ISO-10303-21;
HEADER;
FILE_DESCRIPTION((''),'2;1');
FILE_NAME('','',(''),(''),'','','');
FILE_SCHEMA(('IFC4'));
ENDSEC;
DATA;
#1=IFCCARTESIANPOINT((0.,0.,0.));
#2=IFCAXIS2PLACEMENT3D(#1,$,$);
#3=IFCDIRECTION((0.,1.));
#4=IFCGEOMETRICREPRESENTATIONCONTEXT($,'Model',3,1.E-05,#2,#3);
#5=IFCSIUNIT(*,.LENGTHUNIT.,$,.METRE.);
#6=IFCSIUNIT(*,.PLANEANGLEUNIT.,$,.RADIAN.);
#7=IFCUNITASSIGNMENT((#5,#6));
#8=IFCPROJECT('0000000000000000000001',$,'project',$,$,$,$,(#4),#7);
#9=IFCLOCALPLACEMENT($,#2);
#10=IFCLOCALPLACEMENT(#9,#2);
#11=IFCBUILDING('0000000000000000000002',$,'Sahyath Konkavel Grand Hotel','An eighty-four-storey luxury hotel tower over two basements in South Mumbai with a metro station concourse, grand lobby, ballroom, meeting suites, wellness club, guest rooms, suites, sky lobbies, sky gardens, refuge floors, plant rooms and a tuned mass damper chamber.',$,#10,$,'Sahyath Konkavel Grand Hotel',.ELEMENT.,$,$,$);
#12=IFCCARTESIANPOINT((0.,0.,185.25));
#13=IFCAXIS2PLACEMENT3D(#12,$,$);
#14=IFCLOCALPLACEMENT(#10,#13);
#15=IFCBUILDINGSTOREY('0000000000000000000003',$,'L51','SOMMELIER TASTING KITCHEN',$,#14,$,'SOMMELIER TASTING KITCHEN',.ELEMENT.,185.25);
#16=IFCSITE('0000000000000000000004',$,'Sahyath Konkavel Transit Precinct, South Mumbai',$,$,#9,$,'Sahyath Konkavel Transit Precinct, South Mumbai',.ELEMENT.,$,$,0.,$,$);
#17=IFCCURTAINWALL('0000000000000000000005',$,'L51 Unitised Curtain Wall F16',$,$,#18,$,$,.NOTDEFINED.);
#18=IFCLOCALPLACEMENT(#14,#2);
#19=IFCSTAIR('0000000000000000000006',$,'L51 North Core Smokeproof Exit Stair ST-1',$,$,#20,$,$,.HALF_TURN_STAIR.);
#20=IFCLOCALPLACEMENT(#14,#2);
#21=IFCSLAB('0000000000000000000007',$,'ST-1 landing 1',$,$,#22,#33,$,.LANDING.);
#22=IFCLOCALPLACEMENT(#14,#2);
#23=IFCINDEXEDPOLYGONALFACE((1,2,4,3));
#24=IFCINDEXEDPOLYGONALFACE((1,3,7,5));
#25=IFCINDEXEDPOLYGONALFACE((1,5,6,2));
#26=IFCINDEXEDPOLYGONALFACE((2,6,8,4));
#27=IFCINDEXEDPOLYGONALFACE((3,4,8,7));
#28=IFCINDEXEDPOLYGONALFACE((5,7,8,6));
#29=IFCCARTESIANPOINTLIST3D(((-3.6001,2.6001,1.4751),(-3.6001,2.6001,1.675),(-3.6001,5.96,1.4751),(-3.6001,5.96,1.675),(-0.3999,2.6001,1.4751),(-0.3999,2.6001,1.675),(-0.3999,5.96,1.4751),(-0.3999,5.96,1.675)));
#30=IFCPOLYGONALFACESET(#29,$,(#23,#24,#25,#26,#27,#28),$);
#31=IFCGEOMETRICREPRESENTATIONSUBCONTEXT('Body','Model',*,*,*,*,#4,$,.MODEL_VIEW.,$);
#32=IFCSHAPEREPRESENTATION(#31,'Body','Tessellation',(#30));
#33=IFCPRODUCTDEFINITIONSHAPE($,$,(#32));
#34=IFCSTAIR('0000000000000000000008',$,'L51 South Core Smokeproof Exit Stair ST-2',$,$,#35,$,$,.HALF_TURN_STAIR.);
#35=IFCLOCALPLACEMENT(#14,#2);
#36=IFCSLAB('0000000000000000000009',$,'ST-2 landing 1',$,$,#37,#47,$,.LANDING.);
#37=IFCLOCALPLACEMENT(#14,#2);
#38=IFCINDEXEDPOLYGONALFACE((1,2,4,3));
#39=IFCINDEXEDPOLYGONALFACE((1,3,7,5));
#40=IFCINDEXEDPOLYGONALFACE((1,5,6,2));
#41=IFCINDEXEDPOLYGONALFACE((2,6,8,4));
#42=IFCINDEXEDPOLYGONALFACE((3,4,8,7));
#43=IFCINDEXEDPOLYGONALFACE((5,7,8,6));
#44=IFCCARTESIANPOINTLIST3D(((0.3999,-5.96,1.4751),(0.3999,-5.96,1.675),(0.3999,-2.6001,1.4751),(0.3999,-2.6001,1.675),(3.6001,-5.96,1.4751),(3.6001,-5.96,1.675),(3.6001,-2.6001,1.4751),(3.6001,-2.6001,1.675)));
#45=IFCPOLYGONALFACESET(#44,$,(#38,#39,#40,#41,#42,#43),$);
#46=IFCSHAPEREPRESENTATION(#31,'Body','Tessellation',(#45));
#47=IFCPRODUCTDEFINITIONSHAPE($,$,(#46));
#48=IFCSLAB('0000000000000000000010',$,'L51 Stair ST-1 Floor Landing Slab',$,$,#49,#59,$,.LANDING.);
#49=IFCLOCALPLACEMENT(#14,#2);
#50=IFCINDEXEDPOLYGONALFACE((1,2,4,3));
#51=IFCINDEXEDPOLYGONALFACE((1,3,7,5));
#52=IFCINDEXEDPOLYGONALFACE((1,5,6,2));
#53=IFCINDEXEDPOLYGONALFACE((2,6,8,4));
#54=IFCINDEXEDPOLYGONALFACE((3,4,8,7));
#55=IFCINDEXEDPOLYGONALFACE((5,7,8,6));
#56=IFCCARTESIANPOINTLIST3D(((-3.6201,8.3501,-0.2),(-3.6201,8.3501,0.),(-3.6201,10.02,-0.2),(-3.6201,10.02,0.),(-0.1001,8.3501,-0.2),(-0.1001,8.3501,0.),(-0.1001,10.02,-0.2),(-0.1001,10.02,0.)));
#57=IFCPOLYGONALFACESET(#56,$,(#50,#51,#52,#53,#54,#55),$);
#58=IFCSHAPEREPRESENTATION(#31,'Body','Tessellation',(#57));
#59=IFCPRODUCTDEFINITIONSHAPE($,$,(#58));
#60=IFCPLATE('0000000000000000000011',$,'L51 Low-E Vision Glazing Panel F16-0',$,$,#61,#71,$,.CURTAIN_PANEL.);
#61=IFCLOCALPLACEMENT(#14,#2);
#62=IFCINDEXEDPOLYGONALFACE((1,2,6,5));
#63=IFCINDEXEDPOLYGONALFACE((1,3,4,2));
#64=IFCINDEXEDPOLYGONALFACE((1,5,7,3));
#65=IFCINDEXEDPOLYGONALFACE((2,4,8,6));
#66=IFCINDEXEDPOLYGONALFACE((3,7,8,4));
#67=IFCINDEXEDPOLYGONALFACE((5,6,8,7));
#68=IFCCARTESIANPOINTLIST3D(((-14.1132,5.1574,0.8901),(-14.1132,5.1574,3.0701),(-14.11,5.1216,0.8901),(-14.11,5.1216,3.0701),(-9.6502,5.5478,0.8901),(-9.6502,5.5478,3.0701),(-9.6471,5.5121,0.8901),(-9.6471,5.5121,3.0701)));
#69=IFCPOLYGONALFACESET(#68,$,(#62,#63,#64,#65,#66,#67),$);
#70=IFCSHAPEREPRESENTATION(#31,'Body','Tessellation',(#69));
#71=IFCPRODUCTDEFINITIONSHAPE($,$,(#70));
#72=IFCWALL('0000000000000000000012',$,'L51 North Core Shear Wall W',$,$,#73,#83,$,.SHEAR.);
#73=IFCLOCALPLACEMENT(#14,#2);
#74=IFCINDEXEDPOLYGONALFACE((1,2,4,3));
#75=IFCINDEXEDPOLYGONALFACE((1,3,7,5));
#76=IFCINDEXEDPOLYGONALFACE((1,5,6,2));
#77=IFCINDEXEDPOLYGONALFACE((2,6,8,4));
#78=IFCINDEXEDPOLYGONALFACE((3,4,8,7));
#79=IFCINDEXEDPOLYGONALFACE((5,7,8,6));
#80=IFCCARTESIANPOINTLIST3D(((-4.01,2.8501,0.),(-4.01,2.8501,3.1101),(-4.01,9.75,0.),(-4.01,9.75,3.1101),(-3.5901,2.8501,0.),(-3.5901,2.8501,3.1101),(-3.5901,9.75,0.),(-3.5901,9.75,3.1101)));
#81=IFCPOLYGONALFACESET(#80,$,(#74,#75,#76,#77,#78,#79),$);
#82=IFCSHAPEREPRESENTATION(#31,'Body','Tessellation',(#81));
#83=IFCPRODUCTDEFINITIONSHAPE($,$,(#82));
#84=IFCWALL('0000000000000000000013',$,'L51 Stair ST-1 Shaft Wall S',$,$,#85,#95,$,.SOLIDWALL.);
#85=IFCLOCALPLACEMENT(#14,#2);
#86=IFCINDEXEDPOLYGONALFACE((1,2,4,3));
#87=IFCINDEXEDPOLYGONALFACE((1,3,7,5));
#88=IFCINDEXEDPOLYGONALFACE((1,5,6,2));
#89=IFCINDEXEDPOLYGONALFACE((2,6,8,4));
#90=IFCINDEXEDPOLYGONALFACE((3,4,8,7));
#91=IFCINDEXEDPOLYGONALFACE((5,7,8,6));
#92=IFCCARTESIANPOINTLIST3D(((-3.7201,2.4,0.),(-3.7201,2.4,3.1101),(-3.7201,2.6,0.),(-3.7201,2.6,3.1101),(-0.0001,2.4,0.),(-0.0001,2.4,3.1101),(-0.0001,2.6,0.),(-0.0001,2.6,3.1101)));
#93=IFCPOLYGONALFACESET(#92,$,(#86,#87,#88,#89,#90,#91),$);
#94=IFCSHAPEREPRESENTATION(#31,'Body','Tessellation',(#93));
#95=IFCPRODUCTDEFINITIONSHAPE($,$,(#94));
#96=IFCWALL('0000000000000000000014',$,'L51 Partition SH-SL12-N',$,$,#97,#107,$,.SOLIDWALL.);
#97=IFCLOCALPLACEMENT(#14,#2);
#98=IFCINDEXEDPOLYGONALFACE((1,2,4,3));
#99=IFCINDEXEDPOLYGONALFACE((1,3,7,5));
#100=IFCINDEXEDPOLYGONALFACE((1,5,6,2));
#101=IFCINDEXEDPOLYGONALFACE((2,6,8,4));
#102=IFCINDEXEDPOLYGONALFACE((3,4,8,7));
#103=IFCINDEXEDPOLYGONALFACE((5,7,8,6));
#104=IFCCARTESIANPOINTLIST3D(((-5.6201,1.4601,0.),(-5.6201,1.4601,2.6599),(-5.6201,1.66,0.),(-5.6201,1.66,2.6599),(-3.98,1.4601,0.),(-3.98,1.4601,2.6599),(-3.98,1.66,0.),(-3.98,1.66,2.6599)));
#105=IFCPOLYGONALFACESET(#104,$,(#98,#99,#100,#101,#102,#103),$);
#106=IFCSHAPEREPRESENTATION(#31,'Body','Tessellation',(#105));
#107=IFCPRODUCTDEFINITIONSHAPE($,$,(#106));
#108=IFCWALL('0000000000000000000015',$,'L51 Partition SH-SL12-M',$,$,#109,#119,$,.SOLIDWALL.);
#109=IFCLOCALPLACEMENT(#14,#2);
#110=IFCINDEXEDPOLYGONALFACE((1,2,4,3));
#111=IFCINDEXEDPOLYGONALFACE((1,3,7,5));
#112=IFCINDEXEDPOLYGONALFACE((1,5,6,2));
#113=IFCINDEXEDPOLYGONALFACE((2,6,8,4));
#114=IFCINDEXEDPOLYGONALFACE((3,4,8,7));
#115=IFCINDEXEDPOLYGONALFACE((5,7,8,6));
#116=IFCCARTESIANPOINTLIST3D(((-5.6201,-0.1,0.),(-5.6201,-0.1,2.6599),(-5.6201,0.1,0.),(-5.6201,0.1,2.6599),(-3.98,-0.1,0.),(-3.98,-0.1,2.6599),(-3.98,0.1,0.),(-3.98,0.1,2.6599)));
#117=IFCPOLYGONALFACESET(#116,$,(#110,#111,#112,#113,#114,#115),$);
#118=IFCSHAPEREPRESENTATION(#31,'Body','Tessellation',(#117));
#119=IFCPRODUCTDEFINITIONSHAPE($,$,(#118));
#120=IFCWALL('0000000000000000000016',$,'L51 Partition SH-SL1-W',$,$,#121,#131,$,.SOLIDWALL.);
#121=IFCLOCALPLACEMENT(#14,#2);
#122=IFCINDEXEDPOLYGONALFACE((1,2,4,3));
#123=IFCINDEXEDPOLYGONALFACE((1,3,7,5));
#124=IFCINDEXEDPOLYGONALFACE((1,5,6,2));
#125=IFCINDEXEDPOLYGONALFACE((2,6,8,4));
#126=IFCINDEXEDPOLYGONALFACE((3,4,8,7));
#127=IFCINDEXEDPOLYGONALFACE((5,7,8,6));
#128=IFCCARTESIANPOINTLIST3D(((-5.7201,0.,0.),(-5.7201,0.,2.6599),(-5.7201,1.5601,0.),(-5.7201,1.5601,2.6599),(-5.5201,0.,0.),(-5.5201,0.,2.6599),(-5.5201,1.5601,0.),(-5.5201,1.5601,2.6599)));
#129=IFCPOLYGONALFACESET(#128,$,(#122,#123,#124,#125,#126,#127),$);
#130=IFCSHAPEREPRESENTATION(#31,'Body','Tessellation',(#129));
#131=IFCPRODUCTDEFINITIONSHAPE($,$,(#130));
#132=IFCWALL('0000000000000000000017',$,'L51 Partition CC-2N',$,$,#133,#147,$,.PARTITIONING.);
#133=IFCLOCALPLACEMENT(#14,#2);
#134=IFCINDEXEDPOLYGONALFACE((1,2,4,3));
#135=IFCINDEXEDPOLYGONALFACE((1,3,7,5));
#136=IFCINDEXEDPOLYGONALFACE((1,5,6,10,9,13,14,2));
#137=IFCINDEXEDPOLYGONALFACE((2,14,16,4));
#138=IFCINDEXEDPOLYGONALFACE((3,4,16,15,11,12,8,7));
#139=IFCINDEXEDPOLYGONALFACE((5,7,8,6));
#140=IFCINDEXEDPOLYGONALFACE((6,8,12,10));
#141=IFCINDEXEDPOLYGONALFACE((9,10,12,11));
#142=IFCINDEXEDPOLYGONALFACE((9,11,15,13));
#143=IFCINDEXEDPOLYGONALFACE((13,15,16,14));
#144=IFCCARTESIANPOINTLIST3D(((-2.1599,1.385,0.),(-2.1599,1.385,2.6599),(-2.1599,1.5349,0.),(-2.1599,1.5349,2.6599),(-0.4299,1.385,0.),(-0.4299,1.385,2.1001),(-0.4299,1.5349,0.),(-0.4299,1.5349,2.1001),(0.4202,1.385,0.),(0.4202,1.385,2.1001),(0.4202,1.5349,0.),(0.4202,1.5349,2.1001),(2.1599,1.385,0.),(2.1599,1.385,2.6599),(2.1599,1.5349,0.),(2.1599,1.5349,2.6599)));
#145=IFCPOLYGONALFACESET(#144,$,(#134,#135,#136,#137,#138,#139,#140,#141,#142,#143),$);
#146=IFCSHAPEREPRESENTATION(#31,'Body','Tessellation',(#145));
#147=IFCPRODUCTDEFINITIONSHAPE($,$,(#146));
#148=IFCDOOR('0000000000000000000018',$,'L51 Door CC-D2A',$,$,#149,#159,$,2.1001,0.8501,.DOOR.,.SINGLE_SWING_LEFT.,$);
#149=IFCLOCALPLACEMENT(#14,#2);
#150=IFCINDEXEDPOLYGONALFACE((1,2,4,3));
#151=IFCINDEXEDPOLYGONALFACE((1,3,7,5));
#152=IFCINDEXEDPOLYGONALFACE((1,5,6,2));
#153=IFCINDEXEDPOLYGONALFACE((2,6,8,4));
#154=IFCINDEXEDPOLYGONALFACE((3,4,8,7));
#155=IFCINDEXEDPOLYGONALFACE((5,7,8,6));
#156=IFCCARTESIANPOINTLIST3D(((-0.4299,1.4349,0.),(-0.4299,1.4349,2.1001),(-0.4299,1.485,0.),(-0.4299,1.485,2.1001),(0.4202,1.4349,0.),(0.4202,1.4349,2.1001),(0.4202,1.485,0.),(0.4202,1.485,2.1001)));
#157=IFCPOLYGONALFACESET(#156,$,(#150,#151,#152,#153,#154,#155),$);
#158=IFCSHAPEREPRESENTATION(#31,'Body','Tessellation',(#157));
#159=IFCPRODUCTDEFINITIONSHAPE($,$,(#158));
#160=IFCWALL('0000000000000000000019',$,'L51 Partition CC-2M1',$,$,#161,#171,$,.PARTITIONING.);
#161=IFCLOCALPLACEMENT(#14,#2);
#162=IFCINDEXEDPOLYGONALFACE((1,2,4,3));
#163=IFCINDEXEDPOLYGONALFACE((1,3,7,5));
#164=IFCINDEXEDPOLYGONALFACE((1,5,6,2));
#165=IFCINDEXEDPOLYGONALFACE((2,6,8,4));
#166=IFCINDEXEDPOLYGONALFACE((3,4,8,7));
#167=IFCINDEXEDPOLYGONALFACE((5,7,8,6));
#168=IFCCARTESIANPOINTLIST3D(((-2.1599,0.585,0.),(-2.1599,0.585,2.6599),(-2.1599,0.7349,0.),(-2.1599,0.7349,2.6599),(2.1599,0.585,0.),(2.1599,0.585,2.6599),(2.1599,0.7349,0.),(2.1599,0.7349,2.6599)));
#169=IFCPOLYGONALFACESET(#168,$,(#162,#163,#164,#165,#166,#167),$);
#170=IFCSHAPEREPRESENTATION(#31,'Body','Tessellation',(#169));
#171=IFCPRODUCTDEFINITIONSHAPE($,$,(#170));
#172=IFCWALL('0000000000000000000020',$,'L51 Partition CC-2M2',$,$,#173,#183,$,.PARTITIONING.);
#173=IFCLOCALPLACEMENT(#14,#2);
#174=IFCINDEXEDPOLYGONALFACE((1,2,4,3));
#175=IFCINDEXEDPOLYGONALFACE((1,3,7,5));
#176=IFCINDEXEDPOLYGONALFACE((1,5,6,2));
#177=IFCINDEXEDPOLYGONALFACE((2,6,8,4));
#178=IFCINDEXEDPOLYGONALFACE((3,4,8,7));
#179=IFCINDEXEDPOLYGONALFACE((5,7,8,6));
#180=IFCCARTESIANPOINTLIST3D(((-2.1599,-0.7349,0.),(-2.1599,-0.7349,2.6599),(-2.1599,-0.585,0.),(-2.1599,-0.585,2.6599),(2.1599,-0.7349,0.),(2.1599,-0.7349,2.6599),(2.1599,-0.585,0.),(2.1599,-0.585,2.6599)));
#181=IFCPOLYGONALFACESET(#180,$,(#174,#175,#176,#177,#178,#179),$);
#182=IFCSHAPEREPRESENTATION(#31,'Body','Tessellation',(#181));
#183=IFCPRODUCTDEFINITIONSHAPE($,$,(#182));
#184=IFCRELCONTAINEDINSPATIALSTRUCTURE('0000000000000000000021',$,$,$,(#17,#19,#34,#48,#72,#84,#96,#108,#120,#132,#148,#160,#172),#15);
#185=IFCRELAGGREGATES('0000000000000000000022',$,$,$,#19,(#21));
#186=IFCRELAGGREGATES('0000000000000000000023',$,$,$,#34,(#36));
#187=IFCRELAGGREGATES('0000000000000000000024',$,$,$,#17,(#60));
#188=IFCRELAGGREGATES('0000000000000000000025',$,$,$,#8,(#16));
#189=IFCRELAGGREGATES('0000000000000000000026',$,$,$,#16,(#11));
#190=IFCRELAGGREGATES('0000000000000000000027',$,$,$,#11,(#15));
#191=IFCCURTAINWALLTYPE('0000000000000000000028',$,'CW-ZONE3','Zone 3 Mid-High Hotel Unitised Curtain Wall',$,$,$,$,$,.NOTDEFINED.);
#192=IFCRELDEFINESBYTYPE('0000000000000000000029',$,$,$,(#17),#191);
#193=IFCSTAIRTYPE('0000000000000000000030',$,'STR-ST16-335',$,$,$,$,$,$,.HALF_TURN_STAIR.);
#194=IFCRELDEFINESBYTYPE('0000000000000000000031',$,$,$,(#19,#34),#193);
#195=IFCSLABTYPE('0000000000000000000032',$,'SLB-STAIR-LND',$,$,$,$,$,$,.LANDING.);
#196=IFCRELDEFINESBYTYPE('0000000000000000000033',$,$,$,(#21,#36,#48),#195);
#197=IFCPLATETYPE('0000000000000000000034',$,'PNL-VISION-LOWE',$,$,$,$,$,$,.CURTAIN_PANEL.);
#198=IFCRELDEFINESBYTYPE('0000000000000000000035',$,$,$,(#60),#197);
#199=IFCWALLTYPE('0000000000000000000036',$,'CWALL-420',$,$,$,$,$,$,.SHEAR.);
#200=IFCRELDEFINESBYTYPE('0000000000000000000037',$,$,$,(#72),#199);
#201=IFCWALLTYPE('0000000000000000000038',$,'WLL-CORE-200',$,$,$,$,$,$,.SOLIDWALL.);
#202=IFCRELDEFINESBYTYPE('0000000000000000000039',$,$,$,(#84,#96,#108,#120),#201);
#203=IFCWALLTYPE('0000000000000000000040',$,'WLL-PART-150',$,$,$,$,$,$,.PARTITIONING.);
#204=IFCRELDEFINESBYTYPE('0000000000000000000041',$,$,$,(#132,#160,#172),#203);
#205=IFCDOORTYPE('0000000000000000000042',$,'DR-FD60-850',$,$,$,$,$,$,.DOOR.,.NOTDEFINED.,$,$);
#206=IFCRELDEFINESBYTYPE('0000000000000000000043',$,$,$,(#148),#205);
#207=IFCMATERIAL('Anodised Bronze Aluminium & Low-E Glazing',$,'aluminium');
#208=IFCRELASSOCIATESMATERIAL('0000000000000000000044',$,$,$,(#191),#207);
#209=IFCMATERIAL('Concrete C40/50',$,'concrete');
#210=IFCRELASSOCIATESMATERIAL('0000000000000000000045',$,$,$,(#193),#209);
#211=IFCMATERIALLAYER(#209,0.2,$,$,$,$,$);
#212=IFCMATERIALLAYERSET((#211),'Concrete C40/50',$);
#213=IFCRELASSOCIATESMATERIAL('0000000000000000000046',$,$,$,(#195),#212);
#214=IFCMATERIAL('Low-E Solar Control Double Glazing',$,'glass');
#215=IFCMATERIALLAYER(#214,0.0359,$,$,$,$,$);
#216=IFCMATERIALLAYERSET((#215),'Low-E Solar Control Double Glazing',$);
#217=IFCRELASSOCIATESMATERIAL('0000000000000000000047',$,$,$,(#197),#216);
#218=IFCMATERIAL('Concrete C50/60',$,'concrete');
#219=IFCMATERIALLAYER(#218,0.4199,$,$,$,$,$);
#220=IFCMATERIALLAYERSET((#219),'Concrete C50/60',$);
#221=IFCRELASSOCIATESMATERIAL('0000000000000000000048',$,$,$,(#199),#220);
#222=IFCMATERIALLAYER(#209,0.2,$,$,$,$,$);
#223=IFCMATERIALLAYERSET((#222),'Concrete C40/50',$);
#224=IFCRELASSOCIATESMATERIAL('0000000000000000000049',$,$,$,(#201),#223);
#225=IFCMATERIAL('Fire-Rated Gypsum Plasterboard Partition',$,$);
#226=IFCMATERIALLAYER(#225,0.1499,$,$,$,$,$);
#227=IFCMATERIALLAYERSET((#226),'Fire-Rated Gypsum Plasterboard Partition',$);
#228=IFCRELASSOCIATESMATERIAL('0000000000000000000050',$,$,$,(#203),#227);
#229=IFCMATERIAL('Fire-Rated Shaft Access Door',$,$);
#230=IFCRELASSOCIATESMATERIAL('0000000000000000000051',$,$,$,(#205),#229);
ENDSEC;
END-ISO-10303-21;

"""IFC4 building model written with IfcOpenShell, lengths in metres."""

from ifc_helpers import new_model, si_unit, direction, frame, frame_2d, origin, origin_2d, place, context, subcontext, project, spatial, polyline, rectangle, outline, extrude, source, transform, mapped, material, layer, layer_set, type_object, element, fill, aggregate, save


model = new_model("IFC4")

# Units and contexts
model_context = context("Model", 3, precision=1e-05, world=origin(), true_north=direction((0.0, 1.0)))
body_context = subcontext(model_context, "Body", "Model", "MODEL_VIEW")
ifc_project = project(units=[si_unit("LENGTHUNIT", "METRE"), si_unit("PLANEANGLEUNIT", "RADIAN")], contexts=[model_context])

# Site, building, storey
site_placement = place(None, origin())
site = spatial("IfcSite", under=ifc_project, at=site_placement, Name="Sahyath Konkavel Transit Precinct, South Mumbai", LongName="Sahyath Konkavel Transit Precinct, South Mumbai", CompositionType="ELEMENT", RefElevation=0.0)
building_placement = place(site_placement, origin())
building = spatial("IfcBuilding", under=site, at=building_placement, Name="Sahyath Konkavel Grand Hotel", Description="An eighty-four-storey luxury hotel tower over two basements in South Mumbai with a metro station concourse, grand lobby, ballroom, meeting suites, wellness club, guest rooms, suites, sky lobbies, sky gardens, refuge floors, plant rooms and a tuned mass damper chamber.", LongName="Sahyath Konkavel Grand Hotel", CompositionType="ELEMENT")
storey_placement = place(building_placement, frame((0.0, 0.0, 185.25)))
storey = spatial("IfcBuildingStorey", under=building, at=storey_placement, Name="L51", Description="SOMMELIER TASTING KITCHEN", LongName="SOMMELIER TASTING KITCHEN", CompositionType="ELEMENT", Elevation=185.25)

# Shared definitions
ifc_material_1 = material(Name="Concrete C50/60", Category="concrete")

# Curtain wall
ifc_material_2 = material(Name="Anodised Bronze Aluminium & Low-E Glazing", Category="aluminium")
curtain_wall_type = type_object("IfcCurtainWallType", Name="CW-ZONE3", Description="Zone 3 Mid-High Hotel Unitised Curtain Wall", PredefinedType="NOTDEFINED", material=ifc_material_2)
curtain_wall_placement = place(storey_placement, origin())
curtain_wall = element("IfcCurtainWall", 1, at=curtain_wall_placement, inside=storey, type_object=curtain_wall_type, Name="L51 Unitised Curtain Wall F16", PredefinedType="NOTDEFINED")

# Shared definitions
ifc_material_3 = material(Name="Concrete C40/50", Category="concrete")

# Stairs, slabs
stair_type = type_object("IfcStairType", Name="STR-ST16-335", PredefinedType="HALF_TURN_STAIR", material=ifc_material_3)
stair_1_placement = place(storey_placement, origin())
stair_1 = element("IfcStair", 2, at=stair_1_placement, inside=storey, type_object=stair_type, Name="L51 North Core Smokeproof Exit Stair ST-1", PredefinedType="HALF_TURN_STAIR")
ifc_layer_1 = layer(ifc_material_3, 0.2)
ifc_layer_set_1 = layer_set([ifc_layer_1], Name="Concrete C40/50")
slab_type_1 = type_object("IfcSlabType", Name="SLB-STAIR-LND", PredefinedType="LANDING", material=ifc_layer_set_1)
slab_1_placement = place(storey_placement, frame((0.0, 0.0, 1.4751)))
slab_1 = element("IfcSlab", 3, at=slab_1_placement, type_object=slab_type_1, Name="ST-1 landing 1", PredefinedType="LANDING", context=body_context, shape_type="SweptSolid", body=[
    extrude(outline(polyline([(-3.6001, 5.96), (-3.6001, 2.6001), (-0.3999, 2.6001), (-0.3999, 5.96), (-3.6001, 5.96)])), origin(), (0.0, 0.0, 1.0), 0.2),
])
aggregate(stair_1, [slab_1])
stair_2_placement = place(storey_placement, origin())
stair_2 = element("IfcStair", 4, at=stair_2_placement, inside=storey, type_object=stair_type, Name="L51 South Core Smokeproof Exit Stair ST-2", PredefinedType="HALF_TURN_STAIR")
slab_2_placement = place(storey_placement, frame((0.0, 0.0, 1.4751)))
slab_2 = element("IfcSlab", 5, at=slab_2_placement, type_object=slab_type_1, Name="ST-2 landing 1", PredefinedType="LANDING", context=body_context, shape_type="SweptSolid", body=[
    extrude(outline(polyline([(3.6001, -5.96), (3.6001, -2.6001), (0.3999, -2.6001), (0.3999, -5.96), (3.6001, -5.96)])), origin(), (0.0, 0.0, 1.0), 0.2),
])
aggregate(stair_2, [slab_2])

# Slab
slab_3_placement = place(storey_placement, frame((0.0, 0.0, -0.2)))
element("IfcSlab", 6, at=slab_3_placement, inside=storey, type_object=slab_type_1, Name="L51 Stair ST-1 Floor Landing Slab", PredefinedType="LANDING", context=body_context, shape_type="SweptSolid", body=[
    extrude(outline(polyline([(-3.6201, 8.3501), (-0.1001, 8.3501), (-0.1001, 10.02), (-3.6201, 10.02), (-3.6201, 8.3501)])), origin(), (0.0, 0.0, 1.0), 0.2),
])

# Plate
ifc_material_4 = material(Name="Low-E Solar Control Double Glazing", Category="glass")
ifc_layer_2 = layer(ifc_material_4, 0.0359)
ifc_layer_set_2 = layer_set([ifc_layer_2], Name="Low-E Solar Control Double Glazing")
plate_type = type_object("IfcPlateType", Name="PNL-VISION-LOWE", PredefinedType="CURTAIN_PANEL", material=ifc_layer_set_2)
shared_shape_1 = source(origin(), body_context, "Body", "SweptSolid", [
    extrude(rectangle(XDim=4.48, YDim=0.0359, at=origin_2d()), origin(), (0.0, 0.0, 1.0), 2.1799),
])
plate_placement = place(storey_placement, frame((-11.8801, 5.3347, 0.8901), z_axis=(0.0, 0.0, 1.0), x_axis=(-0.996195, -0.087156, 0.0)))
plate = element("IfcPlate", 7, at=plate_placement, type_object=plate_type, Name="L51 Low-E Vision Glazing Panel F16-0", PredefinedType="CURTAIN_PANEL", context=body_context, shape_type="MappedRepresentation", body=[
    mapped(shared_shape_1, transform((0.0, 0.0, 0.0), scale=1.0)),
])
aggregate(curtain_wall, [plate])

# Walls
ifc_layer_3 = layer(ifc_material_1, 0.4199)
ifc_layer_set_3 = layer_set([ifc_layer_3], Name="Concrete C50/60")
wall_type_1 = type_object("IfcWallType", Name="CWALL-420", PredefinedType="SHEAR", material=ifc_layer_set_3)
wall_1_placement = place(storey_placement, frame((-3.8, 2.8501, 0.0), z_axis=(0.0, 0.0, 1.0), x_axis=(0.0, 1.0, 0.0)))
element("IfcWall", 8, at=wall_1_placement, inside=storey, type_object=wall_type_1, Name="L51 North Core Shear Wall W", PredefinedType="SHEAR", context=body_context, shape_type="SweptSolid", body=[
    extrude(rectangle(XDim=6.8999, YDim=0.4199, at=frame_2d((3.45, 0.0))), origin(), (0.0, 0.0, 1.0), 3.1101),
])
ifc_layer_4 = layer(ifc_material_3, 0.2)
ifc_layer_set_4 = layer_set([ifc_layer_4], Name="Concrete C40/50")
wall_type_2 = type_object("IfcWallType", Name="WLL-CORE-200", PredefinedType="SOLIDWALL", material=ifc_layer_set_4)
wall_2_placement = place(storey_placement, frame((-3.72, 2.5, 0.0), z_axis=(0.0, 0.0, 1.0), x_axis=(1.0, 0.0, 0.0)))
element("IfcWall", 9, at=wall_2_placement, inside=storey, type_object=wall_type_2, Name="L51 Stair ST-1 Shaft Wall S", PredefinedType="SOLIDWALL", context=body_context, shape_type="SweptSolid", body=[
    extrude(rectangle(XDim=3.72, YDim=0.2, at=frame_2d((1.8599, 0.0))), origin(), (0.0, 0.0, 1.0), 3.1101),
])
for number, where, z_axis, x_axis, name in (
    (10, (-5.6201, 1.5601, 0.0), (0.0, 0.0, 1.0), (1.0, 0.0, 0.0), "L51 Partition SH-SL12-N"),
    (11, (-5.6201, 0.0, 0.0), (0.0, 0.0, 1.0), (1.0, 0.0, 0.0), "L51 Partition SH-SL12-M"),
):
    element("IfcWall", number, at=place(storey_placement, frame(where, z_axis=z_axis, x_axis=x_axis)), inside=storey, type_object=wall_type_2, Name=name, PredefinedType="SOLIDWALL", context=body_context, shape_type="SweptSolid", body=[
        extrude(rectangle(XDim=1.6401, YDim=0.2, at=frame_2d((0.8201, 0.0))), origin(), (0.0, 0.0, 1.0), 2.6599),
    ])
wall_3_placement = place(storey_placement, frame((-5.6201, 0.0, 0.0), z_axis=(0.0, 0.0, 1.0), x_axis=(0.0, 1.0, 0.0)))
element("IfcWall", 12, at=wall_3_placement, inside=storey, type_object=wall_type_2, Name="L51 Partition SH-SL1-W", PredefinedType="SOLIDWALL", context=body_context, shape_type="SweptSolid", body=[
    extrude(rectangle(XDim=1.5601, YDim=0.2, at=frame_2d((0.78, 0.0))), origin(), (0.0, 0.0, 1.0), 2.6599),
])

# Wall, opening, door
ifc_material_5 = material(Name="Fire-Rated Gypsum Plasterboard Partition")
ifc_layer_5 = layer(ifc_material_5, 0.1499)
ifc_layer_set_5 = layer_set([ifc_layer_5], Name="Fire-Rated Gypsum Plasterboard Partition")
wall_type_3 = type_object("IfcWallType", Name="WLL-PART-150", PredefinedType="PARTITIONING", material=ifc_layer_set_5)
wall_4_placement = place(storey_placement, frame((-2.1599, 1.46, 0.0), z_axis=(0.0, 0.0, 1.0), x_axis=(1.0, 0.0, 0.0)))
wall_4 = element("IfcWall", 13, at=wall_4_placement, inside=storey, type_object=wall_type_3, Name="L51 Partition CC-2N", PredefinedType="PARTITIONING", context=body_context, shape_type="SweptSolid", body=[
    extrude(rectangle(XDim=4.3198, YDim=0.1499, at=frame_2d((2.1599, 0.0))), origin(), (0.0, 0.0, 1.0), 2.6599),
])
opening_placement = place(wall_4_placement, frame((1.73, 0.0, 0.0)))
opening = element("IfcOpeningElement", 14, at=opening_placement, cuts=wall_4, PredefinedType="OPENING", context=body_context, shape_type="SweptSolid", body=[
    extrude(rectangle(XDim=0.8501, YDim=2.1001, at=frame_2d((0.425, 1.05))), frame((0.0, 0.085, 0.0), z_axis=(0.0, -1.0, 0.0), x_axis=(1.0, 0.0, 0.0)), (0.0, 0.0, 1.0), 0.1699),
])
ifc_material_6 = material(Name="Fire-Rated Shaft Access Door")
door_type = type_object("IfcDoorType", Name="DR-FD60-850", OperationType="NOTDEFINED", PredefinedType="DOOR", material=ifc_material_6)
shared_shape_2 = source(origin(), body_context, "Body", "SweptSolid", [
    extrude(rectangle(XDim=0.8501, YDim=0.05, at=origin_2d()), origin(), (0.0, 0.0, 1.0), 2.1001),
])
door_placement = place(opening_placement, frame((0.425, 0.0, 0.0)))
door = element("IfcDoor", 15, at=door_placement, inside=storey, type_object=door_type, Name="L51 Door CC-D2A", OperationType="SINGLE_SWING_LEFT", OverallHeight=2.1001, OverallWidth=0.8501, PredefinedType="DOOR", context=body_context, shape_type="MappedRepresentation", body=[
    mapped(shared_shape_2, transform((0.0, 0.0, 0.0), scale=1.0)),
])
fill(opening, door)

# Walls
for number, where, z_axis, x_axis, name in (
    (16, (-2.1599, 0.6599, 0.0), (0.0, 0.0, 1.0), (1.0, 0.0, 0.0), "L51 Partition CC-2M1"),
    (17, (-2.1599, -0.6599, 0.0), (0.0, 0.0, 1.0), (1.0, 0.0, 0.0), "L51 Partition CC-2M2"),
):
    element("IfcWall", number, at=place(storey_placement, frame(where, z_axis=z_axis, x_axis=x_axis)), inside=storey, type_object=wall_type_3, Name=name, PredefinedType="PARTITIONING", context=body_context, shape_type="SweptSolid", body=[
        extrude(rectangle(XDim=4.3198, YDim=0.1499, at=frame_2d((2.1599, 0.0))), origin(), (0.0, 0.0, 1.0), 2.6599),
    ])

save(model, "model.ifc")
